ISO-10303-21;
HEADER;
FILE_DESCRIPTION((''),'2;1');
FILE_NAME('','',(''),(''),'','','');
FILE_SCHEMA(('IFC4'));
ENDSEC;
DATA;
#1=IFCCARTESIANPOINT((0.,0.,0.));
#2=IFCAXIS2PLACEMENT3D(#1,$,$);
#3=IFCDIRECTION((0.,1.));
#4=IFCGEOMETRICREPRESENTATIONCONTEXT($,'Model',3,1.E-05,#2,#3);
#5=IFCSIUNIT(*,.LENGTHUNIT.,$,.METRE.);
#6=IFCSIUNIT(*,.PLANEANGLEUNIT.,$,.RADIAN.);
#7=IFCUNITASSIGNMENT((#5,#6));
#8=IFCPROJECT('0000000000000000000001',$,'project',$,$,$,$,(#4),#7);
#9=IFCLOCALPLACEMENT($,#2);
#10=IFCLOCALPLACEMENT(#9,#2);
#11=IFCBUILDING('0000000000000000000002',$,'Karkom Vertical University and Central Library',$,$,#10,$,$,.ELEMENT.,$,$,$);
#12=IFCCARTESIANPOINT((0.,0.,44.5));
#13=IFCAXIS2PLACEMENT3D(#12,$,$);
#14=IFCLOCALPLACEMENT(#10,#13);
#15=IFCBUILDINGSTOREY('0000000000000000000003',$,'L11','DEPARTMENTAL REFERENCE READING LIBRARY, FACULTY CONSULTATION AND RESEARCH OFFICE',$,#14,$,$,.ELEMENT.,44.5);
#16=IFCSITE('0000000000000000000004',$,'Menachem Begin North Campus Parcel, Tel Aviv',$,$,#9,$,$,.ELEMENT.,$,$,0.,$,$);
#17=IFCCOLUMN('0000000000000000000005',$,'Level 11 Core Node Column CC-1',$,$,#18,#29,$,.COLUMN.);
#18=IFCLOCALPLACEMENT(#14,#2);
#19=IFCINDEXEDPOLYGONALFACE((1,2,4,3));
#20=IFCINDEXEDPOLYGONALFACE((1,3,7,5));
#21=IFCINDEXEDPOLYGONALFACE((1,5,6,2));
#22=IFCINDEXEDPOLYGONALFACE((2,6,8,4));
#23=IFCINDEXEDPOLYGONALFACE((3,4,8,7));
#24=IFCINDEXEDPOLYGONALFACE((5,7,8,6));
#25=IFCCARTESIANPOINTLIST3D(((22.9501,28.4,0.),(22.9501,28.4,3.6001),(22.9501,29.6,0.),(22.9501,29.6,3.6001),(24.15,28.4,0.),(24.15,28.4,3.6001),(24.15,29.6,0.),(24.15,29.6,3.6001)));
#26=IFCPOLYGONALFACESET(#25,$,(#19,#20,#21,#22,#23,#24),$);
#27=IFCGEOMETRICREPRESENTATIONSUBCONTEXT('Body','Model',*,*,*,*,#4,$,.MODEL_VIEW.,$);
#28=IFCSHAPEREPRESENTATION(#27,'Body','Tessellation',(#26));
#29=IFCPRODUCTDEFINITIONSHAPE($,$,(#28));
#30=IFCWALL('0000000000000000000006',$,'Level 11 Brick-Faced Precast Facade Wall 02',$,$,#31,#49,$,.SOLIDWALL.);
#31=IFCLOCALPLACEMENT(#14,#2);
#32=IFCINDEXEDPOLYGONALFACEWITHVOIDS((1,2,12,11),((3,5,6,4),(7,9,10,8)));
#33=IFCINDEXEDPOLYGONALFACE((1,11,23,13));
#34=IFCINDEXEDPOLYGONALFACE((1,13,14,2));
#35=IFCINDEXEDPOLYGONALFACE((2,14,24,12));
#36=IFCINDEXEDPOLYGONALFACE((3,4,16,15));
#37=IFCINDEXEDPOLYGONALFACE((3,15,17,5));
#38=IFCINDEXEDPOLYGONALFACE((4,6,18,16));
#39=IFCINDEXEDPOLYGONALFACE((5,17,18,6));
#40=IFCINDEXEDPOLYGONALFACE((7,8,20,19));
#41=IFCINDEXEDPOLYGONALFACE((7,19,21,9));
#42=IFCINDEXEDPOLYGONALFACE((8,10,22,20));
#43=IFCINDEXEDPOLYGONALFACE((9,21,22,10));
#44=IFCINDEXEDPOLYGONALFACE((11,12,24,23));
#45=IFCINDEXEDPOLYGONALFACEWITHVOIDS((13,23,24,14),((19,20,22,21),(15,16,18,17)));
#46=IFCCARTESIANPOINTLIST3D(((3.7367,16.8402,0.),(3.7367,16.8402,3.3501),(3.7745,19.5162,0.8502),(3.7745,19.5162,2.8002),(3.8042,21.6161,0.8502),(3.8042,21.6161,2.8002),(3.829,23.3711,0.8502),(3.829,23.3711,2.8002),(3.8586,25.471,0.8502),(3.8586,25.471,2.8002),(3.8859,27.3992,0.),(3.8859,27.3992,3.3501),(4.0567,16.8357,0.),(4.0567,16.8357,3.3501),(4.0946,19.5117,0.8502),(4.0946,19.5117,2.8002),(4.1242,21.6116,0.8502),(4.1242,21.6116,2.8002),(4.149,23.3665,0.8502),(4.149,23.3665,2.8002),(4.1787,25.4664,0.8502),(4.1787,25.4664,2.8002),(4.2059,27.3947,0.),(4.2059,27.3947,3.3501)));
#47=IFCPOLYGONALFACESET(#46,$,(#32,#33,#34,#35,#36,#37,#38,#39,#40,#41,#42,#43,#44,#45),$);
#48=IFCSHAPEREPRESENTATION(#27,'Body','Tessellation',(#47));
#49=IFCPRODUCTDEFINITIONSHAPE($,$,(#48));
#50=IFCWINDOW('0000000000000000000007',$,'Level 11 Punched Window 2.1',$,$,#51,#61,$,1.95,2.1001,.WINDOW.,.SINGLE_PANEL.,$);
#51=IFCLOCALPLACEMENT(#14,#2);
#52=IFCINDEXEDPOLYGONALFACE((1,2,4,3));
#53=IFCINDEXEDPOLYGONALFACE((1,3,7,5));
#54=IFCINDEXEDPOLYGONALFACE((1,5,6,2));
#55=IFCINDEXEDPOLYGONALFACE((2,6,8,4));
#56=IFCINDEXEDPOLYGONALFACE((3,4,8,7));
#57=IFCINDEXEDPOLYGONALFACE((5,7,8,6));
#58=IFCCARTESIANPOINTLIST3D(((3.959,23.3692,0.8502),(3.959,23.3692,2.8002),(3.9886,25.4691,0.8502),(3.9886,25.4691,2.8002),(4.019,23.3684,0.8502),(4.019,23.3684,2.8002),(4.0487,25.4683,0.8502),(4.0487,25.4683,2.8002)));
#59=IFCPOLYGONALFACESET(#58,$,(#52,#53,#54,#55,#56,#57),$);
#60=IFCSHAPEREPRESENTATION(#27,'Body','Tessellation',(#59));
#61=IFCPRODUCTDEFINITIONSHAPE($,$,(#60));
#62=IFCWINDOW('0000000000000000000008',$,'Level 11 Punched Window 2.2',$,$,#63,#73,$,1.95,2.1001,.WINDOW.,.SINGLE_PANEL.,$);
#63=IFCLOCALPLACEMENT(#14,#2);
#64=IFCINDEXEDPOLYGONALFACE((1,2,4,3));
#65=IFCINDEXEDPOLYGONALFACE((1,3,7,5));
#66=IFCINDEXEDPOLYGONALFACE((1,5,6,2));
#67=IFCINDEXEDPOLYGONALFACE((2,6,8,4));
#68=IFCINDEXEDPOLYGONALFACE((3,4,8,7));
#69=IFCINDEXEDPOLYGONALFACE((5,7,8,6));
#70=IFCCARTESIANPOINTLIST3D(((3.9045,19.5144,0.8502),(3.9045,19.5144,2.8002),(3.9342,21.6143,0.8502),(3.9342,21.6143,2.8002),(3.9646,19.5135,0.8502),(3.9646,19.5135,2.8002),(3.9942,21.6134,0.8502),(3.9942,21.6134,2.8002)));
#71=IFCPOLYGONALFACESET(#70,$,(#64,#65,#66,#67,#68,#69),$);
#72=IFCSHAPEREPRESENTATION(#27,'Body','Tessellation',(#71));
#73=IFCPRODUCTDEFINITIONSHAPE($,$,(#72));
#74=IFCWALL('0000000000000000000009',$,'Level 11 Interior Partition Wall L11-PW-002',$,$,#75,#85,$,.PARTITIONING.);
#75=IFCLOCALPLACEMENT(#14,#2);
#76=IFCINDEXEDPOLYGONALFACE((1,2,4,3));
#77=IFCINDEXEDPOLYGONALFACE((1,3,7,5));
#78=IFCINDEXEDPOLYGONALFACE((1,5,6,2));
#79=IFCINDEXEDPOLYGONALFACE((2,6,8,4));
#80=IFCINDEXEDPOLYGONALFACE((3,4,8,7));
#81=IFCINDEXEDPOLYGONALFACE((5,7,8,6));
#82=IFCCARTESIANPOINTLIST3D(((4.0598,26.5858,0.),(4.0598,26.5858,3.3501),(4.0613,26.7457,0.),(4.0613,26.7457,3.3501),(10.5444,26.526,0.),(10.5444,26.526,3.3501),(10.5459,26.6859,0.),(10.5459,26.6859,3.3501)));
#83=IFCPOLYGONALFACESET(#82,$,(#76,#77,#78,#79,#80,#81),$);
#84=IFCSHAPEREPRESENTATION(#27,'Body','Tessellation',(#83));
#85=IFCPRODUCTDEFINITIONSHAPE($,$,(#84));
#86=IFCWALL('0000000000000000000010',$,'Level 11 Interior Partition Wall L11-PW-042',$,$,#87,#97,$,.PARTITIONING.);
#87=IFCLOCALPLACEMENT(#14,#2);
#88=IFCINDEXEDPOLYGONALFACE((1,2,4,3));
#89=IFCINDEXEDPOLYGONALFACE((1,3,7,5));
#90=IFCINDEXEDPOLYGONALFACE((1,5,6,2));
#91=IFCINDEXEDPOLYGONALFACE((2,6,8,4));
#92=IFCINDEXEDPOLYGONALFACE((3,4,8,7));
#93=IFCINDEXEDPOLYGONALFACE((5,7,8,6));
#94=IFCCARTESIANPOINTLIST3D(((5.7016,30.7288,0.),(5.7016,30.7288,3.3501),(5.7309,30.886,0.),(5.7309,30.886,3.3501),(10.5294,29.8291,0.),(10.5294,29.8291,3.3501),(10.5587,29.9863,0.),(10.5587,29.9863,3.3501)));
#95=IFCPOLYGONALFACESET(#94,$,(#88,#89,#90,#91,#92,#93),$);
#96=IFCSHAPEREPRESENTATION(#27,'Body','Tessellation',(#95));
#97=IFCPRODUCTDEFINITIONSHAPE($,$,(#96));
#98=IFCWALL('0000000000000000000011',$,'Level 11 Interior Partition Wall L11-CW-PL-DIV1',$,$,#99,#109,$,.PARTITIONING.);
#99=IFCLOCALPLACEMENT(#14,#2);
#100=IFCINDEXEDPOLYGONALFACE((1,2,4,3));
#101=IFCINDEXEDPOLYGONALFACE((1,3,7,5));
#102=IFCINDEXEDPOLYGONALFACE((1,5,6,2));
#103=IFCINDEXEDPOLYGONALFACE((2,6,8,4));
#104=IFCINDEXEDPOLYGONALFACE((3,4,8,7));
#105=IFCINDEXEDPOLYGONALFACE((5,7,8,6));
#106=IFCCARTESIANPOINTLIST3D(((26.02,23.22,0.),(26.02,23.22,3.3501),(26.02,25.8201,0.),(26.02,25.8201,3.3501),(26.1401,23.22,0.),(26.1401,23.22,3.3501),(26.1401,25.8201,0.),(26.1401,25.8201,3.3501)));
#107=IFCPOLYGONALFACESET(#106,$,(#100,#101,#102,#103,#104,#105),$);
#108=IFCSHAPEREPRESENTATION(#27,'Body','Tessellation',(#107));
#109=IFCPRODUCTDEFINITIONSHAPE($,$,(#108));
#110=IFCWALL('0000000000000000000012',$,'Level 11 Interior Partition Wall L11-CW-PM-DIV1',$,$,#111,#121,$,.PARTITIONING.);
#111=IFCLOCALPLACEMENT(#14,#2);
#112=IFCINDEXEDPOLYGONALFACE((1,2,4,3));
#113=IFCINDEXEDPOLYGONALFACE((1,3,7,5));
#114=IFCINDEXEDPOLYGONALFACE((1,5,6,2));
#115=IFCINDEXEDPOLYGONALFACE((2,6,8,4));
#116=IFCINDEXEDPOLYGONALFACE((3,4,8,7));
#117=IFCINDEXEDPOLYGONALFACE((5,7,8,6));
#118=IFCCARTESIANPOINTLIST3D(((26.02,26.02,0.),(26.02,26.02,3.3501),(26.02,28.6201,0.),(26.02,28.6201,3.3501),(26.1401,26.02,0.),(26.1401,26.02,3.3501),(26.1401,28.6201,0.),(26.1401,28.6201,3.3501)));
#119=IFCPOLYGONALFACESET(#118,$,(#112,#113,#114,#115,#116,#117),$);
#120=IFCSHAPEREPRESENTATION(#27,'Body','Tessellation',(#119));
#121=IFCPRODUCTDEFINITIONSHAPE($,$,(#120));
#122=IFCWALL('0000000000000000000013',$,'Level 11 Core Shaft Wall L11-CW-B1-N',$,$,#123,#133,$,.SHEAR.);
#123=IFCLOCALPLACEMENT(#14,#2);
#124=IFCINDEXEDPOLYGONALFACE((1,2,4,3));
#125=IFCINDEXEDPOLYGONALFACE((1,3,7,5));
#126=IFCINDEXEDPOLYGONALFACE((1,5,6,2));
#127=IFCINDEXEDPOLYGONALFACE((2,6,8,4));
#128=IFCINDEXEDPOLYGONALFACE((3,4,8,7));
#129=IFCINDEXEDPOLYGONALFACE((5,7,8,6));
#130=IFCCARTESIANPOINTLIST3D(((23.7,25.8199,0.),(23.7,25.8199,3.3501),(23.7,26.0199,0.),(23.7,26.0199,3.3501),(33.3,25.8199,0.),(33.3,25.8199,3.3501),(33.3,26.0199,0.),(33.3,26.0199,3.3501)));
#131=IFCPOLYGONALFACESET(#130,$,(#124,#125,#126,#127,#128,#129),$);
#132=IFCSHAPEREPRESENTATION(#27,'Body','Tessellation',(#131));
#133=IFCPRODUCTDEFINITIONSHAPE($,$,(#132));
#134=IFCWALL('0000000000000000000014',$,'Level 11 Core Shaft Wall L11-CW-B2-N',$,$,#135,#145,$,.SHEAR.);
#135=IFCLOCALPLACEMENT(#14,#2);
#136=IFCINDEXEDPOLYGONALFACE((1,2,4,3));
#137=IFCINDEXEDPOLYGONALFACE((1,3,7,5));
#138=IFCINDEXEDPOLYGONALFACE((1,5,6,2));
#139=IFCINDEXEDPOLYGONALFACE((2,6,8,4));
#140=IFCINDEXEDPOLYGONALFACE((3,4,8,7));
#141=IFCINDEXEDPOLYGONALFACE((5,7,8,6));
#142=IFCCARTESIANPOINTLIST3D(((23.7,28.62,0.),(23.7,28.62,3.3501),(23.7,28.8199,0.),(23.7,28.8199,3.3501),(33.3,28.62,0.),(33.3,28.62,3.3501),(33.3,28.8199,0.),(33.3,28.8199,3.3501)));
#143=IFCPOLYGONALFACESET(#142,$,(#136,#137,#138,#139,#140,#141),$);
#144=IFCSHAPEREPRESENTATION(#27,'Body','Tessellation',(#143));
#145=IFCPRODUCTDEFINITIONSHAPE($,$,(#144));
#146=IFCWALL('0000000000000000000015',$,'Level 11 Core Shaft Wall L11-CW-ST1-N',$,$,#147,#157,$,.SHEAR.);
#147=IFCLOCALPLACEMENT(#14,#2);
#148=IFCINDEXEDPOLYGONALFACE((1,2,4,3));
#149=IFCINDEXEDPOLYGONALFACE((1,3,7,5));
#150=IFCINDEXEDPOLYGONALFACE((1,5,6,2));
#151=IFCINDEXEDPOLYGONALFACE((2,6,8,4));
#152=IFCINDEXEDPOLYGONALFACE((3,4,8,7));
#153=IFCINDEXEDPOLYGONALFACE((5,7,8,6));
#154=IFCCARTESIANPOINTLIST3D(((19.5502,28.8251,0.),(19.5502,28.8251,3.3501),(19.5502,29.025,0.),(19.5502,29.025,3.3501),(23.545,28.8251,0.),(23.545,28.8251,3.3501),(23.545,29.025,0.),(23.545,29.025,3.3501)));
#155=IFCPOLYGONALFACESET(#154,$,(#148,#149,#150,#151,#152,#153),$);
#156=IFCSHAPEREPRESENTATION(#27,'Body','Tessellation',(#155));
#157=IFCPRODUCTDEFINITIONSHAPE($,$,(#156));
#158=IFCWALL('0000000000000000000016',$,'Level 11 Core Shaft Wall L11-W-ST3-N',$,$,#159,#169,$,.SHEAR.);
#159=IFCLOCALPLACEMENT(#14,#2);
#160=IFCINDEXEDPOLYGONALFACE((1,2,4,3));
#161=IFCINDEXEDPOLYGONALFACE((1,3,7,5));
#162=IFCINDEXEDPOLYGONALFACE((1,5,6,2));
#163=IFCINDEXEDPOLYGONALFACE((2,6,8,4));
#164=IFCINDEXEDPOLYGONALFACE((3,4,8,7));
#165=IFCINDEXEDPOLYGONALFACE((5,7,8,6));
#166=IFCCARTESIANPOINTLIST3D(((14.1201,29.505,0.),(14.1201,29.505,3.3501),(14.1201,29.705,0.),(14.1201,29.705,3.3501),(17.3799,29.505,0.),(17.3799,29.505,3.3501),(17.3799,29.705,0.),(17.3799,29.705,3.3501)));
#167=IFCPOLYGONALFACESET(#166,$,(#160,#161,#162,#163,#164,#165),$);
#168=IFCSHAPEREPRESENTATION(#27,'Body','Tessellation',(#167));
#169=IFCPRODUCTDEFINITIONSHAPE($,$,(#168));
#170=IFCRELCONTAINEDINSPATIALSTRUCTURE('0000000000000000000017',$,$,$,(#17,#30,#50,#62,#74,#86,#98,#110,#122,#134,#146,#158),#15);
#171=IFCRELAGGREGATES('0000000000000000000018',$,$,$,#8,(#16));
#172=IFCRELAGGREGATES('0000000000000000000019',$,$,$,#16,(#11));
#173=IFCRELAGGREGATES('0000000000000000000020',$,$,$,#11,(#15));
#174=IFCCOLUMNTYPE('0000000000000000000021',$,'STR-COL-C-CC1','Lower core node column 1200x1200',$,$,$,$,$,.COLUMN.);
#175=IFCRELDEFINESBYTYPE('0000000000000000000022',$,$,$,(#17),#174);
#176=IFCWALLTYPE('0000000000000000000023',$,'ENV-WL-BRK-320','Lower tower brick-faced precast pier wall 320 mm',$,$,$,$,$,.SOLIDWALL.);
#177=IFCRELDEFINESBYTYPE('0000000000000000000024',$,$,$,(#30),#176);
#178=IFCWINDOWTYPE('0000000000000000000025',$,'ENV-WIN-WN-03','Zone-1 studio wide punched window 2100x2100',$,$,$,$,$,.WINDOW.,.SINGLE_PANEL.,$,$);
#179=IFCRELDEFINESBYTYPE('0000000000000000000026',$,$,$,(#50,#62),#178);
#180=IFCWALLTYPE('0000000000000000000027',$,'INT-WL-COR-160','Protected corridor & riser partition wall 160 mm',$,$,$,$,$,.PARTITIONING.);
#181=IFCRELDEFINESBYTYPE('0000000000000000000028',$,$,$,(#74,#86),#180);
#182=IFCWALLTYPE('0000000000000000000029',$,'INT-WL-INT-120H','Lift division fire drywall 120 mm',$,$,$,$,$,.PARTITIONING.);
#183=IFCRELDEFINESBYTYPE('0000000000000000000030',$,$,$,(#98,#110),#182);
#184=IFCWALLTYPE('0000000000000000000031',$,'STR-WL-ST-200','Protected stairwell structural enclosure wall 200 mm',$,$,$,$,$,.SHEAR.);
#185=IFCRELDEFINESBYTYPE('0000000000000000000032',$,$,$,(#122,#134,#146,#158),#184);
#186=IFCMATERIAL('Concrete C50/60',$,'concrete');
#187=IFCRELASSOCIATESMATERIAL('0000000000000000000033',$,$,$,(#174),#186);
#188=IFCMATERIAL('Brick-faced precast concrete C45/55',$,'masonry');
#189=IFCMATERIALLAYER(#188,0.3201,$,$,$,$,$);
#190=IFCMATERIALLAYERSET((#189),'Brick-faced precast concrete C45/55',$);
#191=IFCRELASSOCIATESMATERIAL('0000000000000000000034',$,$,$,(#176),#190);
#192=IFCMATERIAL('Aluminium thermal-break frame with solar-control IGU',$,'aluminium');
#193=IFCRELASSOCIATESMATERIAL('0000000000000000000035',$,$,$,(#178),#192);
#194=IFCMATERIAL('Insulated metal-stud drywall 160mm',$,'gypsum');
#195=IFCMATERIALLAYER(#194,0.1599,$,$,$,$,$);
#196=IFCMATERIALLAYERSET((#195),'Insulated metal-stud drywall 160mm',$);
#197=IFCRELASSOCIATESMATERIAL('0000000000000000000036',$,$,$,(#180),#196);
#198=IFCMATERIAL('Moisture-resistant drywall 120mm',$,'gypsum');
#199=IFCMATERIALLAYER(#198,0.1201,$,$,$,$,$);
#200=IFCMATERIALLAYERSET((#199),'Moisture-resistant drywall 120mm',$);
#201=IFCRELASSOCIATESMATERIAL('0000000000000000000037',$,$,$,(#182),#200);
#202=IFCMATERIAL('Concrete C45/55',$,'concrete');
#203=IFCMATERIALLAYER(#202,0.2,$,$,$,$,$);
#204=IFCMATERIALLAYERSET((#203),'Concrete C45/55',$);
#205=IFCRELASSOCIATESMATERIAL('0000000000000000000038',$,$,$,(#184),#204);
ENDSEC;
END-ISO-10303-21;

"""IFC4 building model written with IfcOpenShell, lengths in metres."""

from ifc_helpers import new_model, si_unit, direction, frame, frame_2d, origin, origin_with_axes, origin_2d, place, context, subcontext, project, spatial, rectangle, extrude, source, transform, mapped, material, layer, layer_set, material_profile, profile_set, type_object, element, fill, save


model = new_model("IFC4")

# Units and contexts
model_context = context("Model", 3, precision=1e-05, world=origin(), true_north=direction((0.0, 1.0)))
body_context = subcontext(model_context, "Body", "Model", "MODEL_VIEW")
ifc_project = project(units=[si_unit("LENGTHUNIT", "METRE"), si_unit("PLANEANGLEUNIT", "RADIAN")], contexts=[model_context])

# Site, building, storey
site_placement = place(None, origin())
site = spatial("IfcSite", under=ifc_project, at=site_placement, Name="Menachem Begin North Campus Parcel, Tel Aviv", CompositionType="ELEMENT", RefElevation=0.0)
building_placement = place(site_placement, origin())
building = spatial("IfcBuilding", under=site, at=building_placement, Name="Karkom Vertical University and Central Library", CompositionType="ELEMENT")
storey_placement = place(building_placement, frame((0.0, 0.0, 44.5)))
storey = spatial("IfcBuildingStorey", under=building, at=storey_placement, Name="L11", Description="DEPARTMENTAL REFERENCE READING LIBRARY, FACULTY CONSULTATION AND RESEARCH OFFICE", CompositionType="ELEMENT", Elevation=44.5)

# Column
ifc_material_1 = material(Name="Concrete C50/60", Category="concrete")
ifc_material_profile = material_profile(ifc_material_1, rectangle(XDim=1.2, YDim=1.2, at=origin_2d()), Name="RC-1200x1200")
ifc_profile_set = profile_set([ifc_material_profile], Name="Concrete C50/60")
column_type = type_object("IfcColumnType", Name="STR-COL-C-CC1", Description="Lower core node column 1200x1200", PredefinedType="COLUMN", material=ifc_profile_set)
shared_shape_1 = source(origin_with_axes(), body_context, "Body", "SweptSolid", [
    extrude(rectangle(XDim=1.2, YDim=1.2, at=origin_2d()), origin(), (0.0, 0.0, 1.0), 3.6001),
])
column_placement = place(storey_placement, frame((23.55, 29.0, 0.0), z_axis=(0.0, 0.0, 1.0), x_axis=(1.0, 0.0, 0.0)))
element("IfcColumn", 1, at=column_placement, inside=storey, type_object=column_type, Name="Level 11 Core Node Column CC-1", PredefinedType="COLUMN", context=body_context, shape_type="MappedRepresentation", body=[
    mapped(shared_shape_1, transform((0.0, 0.0, 0.0), scale=1.0)),
])

# Wall, openings, windows
ifc_material_2 = material(Name="Brick-faced precast concrete C45/55", Category="masonry")
ifc_layer_1 = layer(ifc_material_2, 0.3201)
ifc_layer_set_1 = layer_set([ifc_layer_1], Name="Brick-faced precast concrete C45/55")
wall_type_1 = type_object("IfcWallType", Name="ENV-WL-BRK-320", Description="Lower tower brick-faced precast pier wall 320 mm", PredefinedType="SOLIDWALL", material=ifc_layer_set_1)
wall_1_placement = place(storey_placement, frame((4.0459, 27.397, 0.0), z_axis=(0.0, 0.0, 1.0), x_axis=(-0.014126, -0.9999, 0.0)))
wall_1 = element("IfcWall", 2, at=wall_1_placement, inside=storey, type_object=wall_type_1, Name="Level 11 Brick-Faced Precast Facade Wall 02", PredefinedType="SOLIDWALL", context=body_context, shape_type="SweptSolid", body=[
    extrude(rectangle(XDim=10.5601, YDim=0.3201, at=frame_2d((5.28, 0.0))), origin(), (0.0, 0.0, 1.0), 3.3501),
])
opening_1_placement = place(wall_1_placement, frame((1.9285, 0.0, 0.8501)))
opening_1 = element("IfcOpeningElement", 3, at=opening_1_placement, cuts=wall_1, PredefinedType="OPENING", context=body_context, shape_type="SweptSolid", body=[
    extrude(rectangle(XDim=2.1001, YDim=1.95, at=frame_2d((1.05, 0.9751))), frame((0.0, 0.1699, 0.0), z_axis=(0.0, -1.0, 0.0), x_axis=(1.0, 0.0, 0.0)), (0.0, 0.0, 1.0), 0.3401),
])
opening_2_placement = place(wall_1_placement, frame((5.7837, 0.0, 0.8501)))
opening_2 = element("IfcOpeningElement", 4, at=opening_2_placement, cuts=wall_1, PredefinedType="OPENING", context=body_context, shape_type="SweptSolid", body=[
    extrude(rectangle(XDim=2.1001, YDim=1.95, at=frame_2d((1.05, 0.9751))), frame((0.0, 0.1699, 0.0), z_axis=(0.0, -1.0, 0.0), x_axis=(1.0, 0.0, 0.0)), (0.0, 0.0, 1.0), 0.3401),
])
ifc_material_3 = material(Name="Aluminium thermal-break frame with solar-control IGU", Category="aluminium")
window_type = type_object("IfcWindowType", Name="ENV-WIN-WN-03", Description="Zone-1 studio wide punched window 2100x2100", PartitioningType="SINGLE_PANEL", PredefinedType="WINDOW", material=ifc_material_3)
shared_shape_2 = source(origin_with_axes(), body_context, "Body", "SweptSolid", [
    extrude(rectangle(XDim=2.1001, YDim=1.95, at=frame_2d((1.05, 0.9751))), frame((0.0, 0.03, 0.0), z_axis=(0.0, -1.0, 0.0), x_axis=(1.0, 0.0, 0.0)), (0.0, 0.0, 1.0), 0.0601),
])
window_1_placement = place(opening_1_placement, origin())
window_1 = element("IfcWindow", 5, at=window_1_placement, inside=storey, type_object=window_type, Name="Level 11 Punched Window 2.1", OverallHeight=1.95, OverallWidth=2.1001, PartitioningType="SINGLE_PANEL", PredefinedType="WINDOW", context=body_context, shape_type="MappedRepresentation", body=[
    mapped(shared_shape_2, transform((0.0, 0.0, 0.0), scale=1.0)),
])
fill(opening_1, window_1)
window_2_placement = place(opening_2_placement, origin())
window_2 = element("IfcWindow", 6, at=window_2_placement, inside=storey, type_object=window_type, Name="Level 11 Punched Window 2.2", OverallHeight=1.95, OverallWidth=2.1001, PartitioningType="SINGLE_PANEL", PredefinedType="WINDOW", context=body_context, shape_type="MappedRepresentation", body=[
    mapped(shared_shape_2, transform((0.0, 0.0, 0.0), scale=1.0)),
])
fill(opening_2, window_2)

# Walls
ifc_material_4 = material(Name="Insulated metal-stud drywall 160mm", Category="gypsum")
ifc_layer_2 = layer(ifc_material_4, 0.1599)
ifc_layer_set_2 = layer_set([ifc_layer_2], Name="Insulated metal-stud drywall 160mm")
wall_type_2 = type_object("IfcWallType", Name="INT-WL-COR-160", Description="Protected corridor & riser partition wall 160 mm", PredefinedType="PARTITIONING", material=ifc_layer_set_2)
wall_2_placement = place(storey_placement, frame((4.0605, 26.6658, 0.0), z_axis=(0.0, 0.0, 1.0), x_axis=(0.999957, -0.009224, 0.0)))
element("IfcWall", 7, at=wall_2_placement, inside=storey, type_object=wall_type_2, Name="Level 11 Interior Partition Wall L11-PW-002", PredefinedType="PARTITIONING", context=body_context, shape_type="SweptSolid", body=[
    extrude(rectangle(XDim=6.4849, YDim=0.1599, at=frame_2d((3.2424, 0.0))), origin(), (0.0, 0.0, 1.0), 3.3501),
])
wall_3_placement = place(storey_placement, frame((10.5442, 29.9077, 0.0), z_axis=(0.0, 0.0, 1.0), x_axis=(-0.983077, 0.183193, 0.0)))
element("IfcWall", 8, at=wall_3_placement, inside=storey, type_object=wall_type_2, Name="Level 11 Interior Partition Wall L11-PW-042", PredefinedType="PARTITIONING", context=body_context, shape_type="SweptSolid", body=[
    extrude(rectangle(XDim=4.9109, YDim=0.1599, at=frame_2d((2.4556, 0.0))), origin(), (0.0, 0.0, 1.0), 3.3501),
])
ifc_material_5 = material(Name="Moisture-resistant drywall 120mm", Category="gypsum")
ifc_layer_3 = layer(ifc_material_5, 0.1201)
ifc_layer_set_3 = layer_set([ifc_layer_3], Name="Moisture-resistant drywall 120mm")
wall_type_3 = type_object("IfcWallType", Name="INT-WL-INT-120H", Description="Lift division fire drywall 120 mm", PredefinedType="PARTITIONING", material=ifc_layer_set_3)
for number, where, z_axis, x_axis, name in (
    (9, (26.0801, 23.22, 0.0), (0.0, 0.0, 1.0), (0.0, 1.0, 0.0), "Level 11 Interior Partition Wall L11-CW-PL-DIV1"),
    (10, (26.0801, 26.02, 0.0), (0.0, 0.0, 1.0), (0.0, 1.0, 0.0), "Level 11 Interior Partition Wall L11-CW-PM-DIV1"),
):
    element("IfcWall", number, at=place(storey_placement, frame(where, z_axis=z_axis, x_axis=x_axis)), inside=storey, type_object=wall_type_3, Name=name, PredefinedType="PARTITIONING", context=body_context, shape_type="SweptSolid", body=[
        extrude(rectangle(XDim=2.6001, YDim=0.1201, at=frame_2d((1.3, 0.0))), origin(), (0.0, 0.0, 1.0), 3.3501),
    ])

# Shared definitions
ifc_material_6 = material(Name="Concrete C45/55", Category="concrete")
ifc_layer_4 = layer(ifc_material_6, 0.2)
ifc_layer_set_4 = layer_set([ifc_layer_4], Name="Concrete C45/55")
wall_type_4 = type_object("IfcWallType", Name="STR-WL-ST-200", Description="Protected stairwell structural enclosure wall 200 mm", PredefinedType="SHEAR", material=ifc_layer_set_4)

# Walls
for number, where, z_axis, x_axis, name in (
    (11, (23.7, 25.9199, 0.0), (0.0, 0.0, 1.0), (1.0, 0.0, 0.0), "Level 11 Core Shaft Wall L11-CW-B1-N"),
    (12, (23.7, 28.72, 0.0), (0.0, 0.0, 1.0), (1.0, 0.0, 0.0), "Level 11 Core Shaft Wall L11-CW-B2-N"),
):
    element("IfcWall", number, at=place(storey_placement, frame(where, z_axis=z_axis, x_axis=x_axis)), inside=storey, type_object=wall_type_4, Name=name, PredefinedType="SHEAR", context=body_context, shape_type="SweptSolid", body=[
        extrude(rectangle(XDim=9.6001, YDim=0.2, at=frame_2d((4.8, 0.0))), origin(), (0.0, 0.0, 1.0), 3.3501),
    ])
wall_4_placement = place(storey_placement, frame((19.55, 28.925, 0.0), z_axis=(0.0, 0.0, 1.0), x_axis=(1.0, 0.0, 0.0)))
element("IfcWall", 13, at=wall_4_placement, inside=storey, type_object=wall_type_4, Name="Level 11 Core Shaft Wall L11-CW-ST1-N", PredefinedType="SHEAR", context=body_context, shape_type="SweptSolid", body=[
    extrude(rectangle(XDim=3.9949, YDim=0.2, at=frame_2d((1.9976, 0.0))), origin(), (0.0, 0.0, 1.0), 3.3501),
])
wall_5_placement = place(storey_placement, frame((14.1201, 29.605, 0.0), z_axis=(0.0, 0.0, 1.0), x_axis=(1.0, 0.0, 0.0)))
element("IfcWall", 14, at=wall_5_placement, inside=storey, type_object=wall_type_4, Name="Level 11 Core Shaft Wall L11-W-ST3-N", PredefinedType="SHEAR", context=body_context, shape_type="SweptSolid", body=[
    extrude(rectangle(XDim=3.2598, YDim=0.2, at=frame_2d((1.6299, 0.0))), origin(), (0.0, 0.0, 1.0), 3.3501),
])

save(model, "model.ifc")
